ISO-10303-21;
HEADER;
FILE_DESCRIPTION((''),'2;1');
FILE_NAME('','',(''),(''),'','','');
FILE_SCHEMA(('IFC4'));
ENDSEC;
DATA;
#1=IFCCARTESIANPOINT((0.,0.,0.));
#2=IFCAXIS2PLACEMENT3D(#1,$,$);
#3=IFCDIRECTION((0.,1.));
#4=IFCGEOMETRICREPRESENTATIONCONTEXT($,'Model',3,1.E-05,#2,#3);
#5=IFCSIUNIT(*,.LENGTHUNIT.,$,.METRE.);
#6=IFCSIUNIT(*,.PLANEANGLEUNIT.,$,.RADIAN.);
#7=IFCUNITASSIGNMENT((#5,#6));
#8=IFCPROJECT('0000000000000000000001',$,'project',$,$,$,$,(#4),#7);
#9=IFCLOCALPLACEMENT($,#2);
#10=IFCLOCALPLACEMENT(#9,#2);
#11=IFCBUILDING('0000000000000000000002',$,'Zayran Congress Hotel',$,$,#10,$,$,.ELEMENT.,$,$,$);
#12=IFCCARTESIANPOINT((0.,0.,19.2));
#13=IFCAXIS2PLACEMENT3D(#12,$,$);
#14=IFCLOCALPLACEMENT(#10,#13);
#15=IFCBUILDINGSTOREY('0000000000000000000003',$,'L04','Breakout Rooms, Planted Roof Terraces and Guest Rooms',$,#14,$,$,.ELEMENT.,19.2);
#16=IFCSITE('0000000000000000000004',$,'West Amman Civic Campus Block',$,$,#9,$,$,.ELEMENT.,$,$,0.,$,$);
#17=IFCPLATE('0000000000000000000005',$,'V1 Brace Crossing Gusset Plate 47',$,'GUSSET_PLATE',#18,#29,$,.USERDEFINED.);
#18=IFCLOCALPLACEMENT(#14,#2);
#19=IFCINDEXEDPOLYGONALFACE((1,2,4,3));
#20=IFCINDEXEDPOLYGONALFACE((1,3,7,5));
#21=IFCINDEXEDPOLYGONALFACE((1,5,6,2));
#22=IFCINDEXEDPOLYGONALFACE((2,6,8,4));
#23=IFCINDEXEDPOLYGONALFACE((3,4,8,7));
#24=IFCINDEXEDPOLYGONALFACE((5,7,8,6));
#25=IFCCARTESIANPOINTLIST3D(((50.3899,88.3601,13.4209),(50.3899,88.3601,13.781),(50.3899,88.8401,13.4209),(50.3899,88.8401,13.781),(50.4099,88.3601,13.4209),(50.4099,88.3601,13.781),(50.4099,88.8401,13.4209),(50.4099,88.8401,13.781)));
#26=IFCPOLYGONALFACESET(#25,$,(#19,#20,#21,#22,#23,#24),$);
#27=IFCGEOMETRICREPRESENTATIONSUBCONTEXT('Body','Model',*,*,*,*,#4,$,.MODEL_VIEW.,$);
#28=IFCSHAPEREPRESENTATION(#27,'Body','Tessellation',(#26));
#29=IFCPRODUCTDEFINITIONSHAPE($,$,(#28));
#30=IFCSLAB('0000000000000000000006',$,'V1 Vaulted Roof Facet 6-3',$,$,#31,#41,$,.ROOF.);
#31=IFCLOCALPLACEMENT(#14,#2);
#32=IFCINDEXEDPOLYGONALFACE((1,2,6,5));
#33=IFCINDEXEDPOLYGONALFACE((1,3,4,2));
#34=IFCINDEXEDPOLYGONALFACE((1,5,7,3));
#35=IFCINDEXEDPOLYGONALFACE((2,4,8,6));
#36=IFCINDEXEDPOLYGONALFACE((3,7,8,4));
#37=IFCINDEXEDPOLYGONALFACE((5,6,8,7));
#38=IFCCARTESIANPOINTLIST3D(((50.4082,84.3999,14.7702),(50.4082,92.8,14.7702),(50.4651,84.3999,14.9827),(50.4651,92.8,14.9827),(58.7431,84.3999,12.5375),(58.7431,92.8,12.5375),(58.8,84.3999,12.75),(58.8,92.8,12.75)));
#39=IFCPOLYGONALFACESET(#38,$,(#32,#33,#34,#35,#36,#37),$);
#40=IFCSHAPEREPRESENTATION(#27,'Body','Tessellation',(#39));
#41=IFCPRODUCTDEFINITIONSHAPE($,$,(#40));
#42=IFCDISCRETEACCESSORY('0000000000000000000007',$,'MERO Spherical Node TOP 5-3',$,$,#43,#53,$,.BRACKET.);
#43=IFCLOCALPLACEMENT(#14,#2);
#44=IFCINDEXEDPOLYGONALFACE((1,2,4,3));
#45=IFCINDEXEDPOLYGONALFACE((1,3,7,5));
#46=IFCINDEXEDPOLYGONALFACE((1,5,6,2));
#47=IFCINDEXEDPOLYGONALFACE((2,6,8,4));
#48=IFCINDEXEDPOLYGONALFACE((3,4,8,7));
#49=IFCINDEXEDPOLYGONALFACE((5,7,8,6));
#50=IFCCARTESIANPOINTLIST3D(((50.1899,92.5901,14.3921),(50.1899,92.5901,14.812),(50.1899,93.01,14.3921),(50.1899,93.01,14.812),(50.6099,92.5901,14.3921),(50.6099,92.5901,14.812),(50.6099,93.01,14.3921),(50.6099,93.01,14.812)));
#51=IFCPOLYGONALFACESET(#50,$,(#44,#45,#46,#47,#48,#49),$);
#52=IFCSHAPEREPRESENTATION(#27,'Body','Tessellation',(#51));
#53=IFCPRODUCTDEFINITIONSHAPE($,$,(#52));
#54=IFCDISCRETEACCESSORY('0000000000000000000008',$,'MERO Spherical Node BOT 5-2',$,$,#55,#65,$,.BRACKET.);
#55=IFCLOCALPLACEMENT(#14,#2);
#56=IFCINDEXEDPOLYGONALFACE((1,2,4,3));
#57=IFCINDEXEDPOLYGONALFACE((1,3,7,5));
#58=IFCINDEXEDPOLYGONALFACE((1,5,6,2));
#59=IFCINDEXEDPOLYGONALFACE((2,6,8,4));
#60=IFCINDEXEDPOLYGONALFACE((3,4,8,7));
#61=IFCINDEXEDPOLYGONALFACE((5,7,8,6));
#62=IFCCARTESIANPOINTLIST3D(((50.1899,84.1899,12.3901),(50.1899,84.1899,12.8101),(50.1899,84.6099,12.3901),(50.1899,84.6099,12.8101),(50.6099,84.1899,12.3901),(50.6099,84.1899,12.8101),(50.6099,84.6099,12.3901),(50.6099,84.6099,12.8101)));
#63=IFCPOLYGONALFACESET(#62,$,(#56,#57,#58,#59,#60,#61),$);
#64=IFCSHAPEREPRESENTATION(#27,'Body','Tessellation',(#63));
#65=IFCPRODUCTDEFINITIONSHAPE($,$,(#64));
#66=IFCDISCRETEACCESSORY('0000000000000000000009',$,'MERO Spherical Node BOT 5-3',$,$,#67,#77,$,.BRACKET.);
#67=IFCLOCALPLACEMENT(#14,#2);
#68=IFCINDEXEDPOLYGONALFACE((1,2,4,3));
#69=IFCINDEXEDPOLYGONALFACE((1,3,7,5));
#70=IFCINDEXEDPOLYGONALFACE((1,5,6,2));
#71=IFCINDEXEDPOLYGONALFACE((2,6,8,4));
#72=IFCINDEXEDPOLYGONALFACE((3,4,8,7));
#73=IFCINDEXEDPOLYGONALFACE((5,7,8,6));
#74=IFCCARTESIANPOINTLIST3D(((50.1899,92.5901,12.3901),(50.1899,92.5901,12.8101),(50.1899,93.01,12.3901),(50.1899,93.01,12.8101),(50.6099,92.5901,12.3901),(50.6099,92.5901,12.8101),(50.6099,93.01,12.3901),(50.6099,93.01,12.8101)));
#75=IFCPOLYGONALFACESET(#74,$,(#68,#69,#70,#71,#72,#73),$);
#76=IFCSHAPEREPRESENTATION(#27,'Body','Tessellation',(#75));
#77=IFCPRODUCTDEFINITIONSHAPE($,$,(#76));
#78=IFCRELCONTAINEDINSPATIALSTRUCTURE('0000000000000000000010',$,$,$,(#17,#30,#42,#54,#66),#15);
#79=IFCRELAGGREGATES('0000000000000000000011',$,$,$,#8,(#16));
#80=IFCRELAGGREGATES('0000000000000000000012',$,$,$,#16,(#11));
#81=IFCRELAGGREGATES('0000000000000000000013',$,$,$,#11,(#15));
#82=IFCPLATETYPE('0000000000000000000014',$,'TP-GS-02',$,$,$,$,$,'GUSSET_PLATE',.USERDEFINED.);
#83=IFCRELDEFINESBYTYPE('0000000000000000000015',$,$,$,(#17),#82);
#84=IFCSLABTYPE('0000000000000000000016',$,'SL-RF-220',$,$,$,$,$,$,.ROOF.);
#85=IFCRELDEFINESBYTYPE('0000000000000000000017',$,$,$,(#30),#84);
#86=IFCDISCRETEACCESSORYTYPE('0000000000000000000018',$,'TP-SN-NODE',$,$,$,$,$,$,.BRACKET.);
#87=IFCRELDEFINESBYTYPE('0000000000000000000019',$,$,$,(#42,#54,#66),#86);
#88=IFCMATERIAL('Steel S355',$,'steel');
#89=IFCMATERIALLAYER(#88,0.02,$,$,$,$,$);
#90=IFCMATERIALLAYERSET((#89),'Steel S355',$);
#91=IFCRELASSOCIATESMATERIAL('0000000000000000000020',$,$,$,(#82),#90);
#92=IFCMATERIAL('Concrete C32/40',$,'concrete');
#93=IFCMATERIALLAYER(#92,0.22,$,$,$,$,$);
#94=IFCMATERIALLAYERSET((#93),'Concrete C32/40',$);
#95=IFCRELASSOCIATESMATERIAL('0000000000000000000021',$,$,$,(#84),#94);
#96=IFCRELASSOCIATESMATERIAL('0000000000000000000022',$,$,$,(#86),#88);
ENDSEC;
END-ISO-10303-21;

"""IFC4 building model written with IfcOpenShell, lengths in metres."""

from ifc_helpers import new_model, si_unit, direction, frame, origin, origin_2d, place, context, subcontext, project, spatial, polyline, rectangle, outline, extrude, material, layer, layer_set, type_object, element, save


model = new_model("IFC4")

# Units and contexts
model_context = context("Model", 3, precision=1e-05, world=origin(), true_north=direction((0.0, 1.0)))
body_context = subcontext(model_context, "Body", "Model", "MODEL_VIEW")
ifc_project = project(units=[si_unit("LENGTHUNIT", "METRE"), si_unit("PLANEANGLEUNIT", "RADIAN")], contexts=[model_context])

# Site, building, storey
site_placement = place(None, origin())
site = spatial("IfcSite", under=ifc_project, at=site_placement, Name="West Amman Civic Campus Block", CompositionType="ELEMENT", RefElevation=0.0)
building_placement = place(site_placement, origin())
building = spatial("IfcBuilding", under=site, at=building_placement, Name="Zayran Congress Hotel", CompositionType="ELEMENT")
storey_placement = place(building_placement, frame((0.0, 0.0, 19.2)))
storey = spatial("IfcBuildingStorey", under=building, at=storey_placement, Name="L04", Description="Breakout Rooms, Planted Roof Terraces and Guest Rooms", CompositionType="ELEMENT", Elevation=19.2)

# Shared definitions
ifc_material_1 = material(Name="Steel S355", Category="steel")

# Plate
ifc_layer_1 = layer(ifc_material_1, 0.02)
ifc_layer_set_1 = layer_set([ifc_layer_1], Name="Steel S355")
plate_type_1 = type_object("IfcPlateType", Name="TP-GS-02", ElementType="GUSSET_PLATE", PredefinedType="USERDEFINED", material=ifc_layer_set_1)
plate_1_placement = place(storey_placement, frame((50.3999, 88.6001, 13.4209), z_axis=(0.0, 0.0, 1.0), x_axis=(0.0, 1.0, 0.0)))
element("IfcPlate", 1, at=plate_1_placement, inside=storey, type_object=plate_type_1, Name="V1 Brace Crossing Gusset Plate 47", ObjectType="GUSSET_PLATE", PredefinedType="USERDEFINED", context=body_context, shape_type="SweptSolid", body=[
    extrude(rectangle(XDim=0.48, YDim=0.02, at=origin_2d()), origin(), (0.0, 0.0, 1.0), 0.3601),
])

# Slab
ifc_material_2 = material(Name="Concrete C32/40", Category="concrete")
ifc_layer_2 = layer(ifc_material_2, 0.22)
ifc_layer_set_2 = layer_set([ifc_layer_2], Name="Concrete C32/40")
slab_type = type_object("IfcSlabType", Name="SL-RF-220", PredefinedType="ROOF", material=ifc_layer_set_2)
slab_placement = place(storey_placement, frame((50.4651, 84.3999, 14.9827), z_axis=(0.258746, 0.0, 0.965946), x_axis=(0.965946, 0.0, -0.258746)))
element("IfcSlab", 2, at=slab_placement, inside=storey, type_object=slab_type, Name="V1 Vaulted Roof Facet 6-3", PredefinedType="ROOF", context=body_context, shape_type="SweptSolid", body=[
    extrude(outline(polyline([(0.0, 0.0), (8.6288, 0.0), (8.6288, 8.4001), (0.0, 8.4001), (0.0, 0.0)])), origin(), (0.0, 0.0, -1.0), 0.22),
])

# Discrete accessories
discrete_accessory_type = type_object("IfcDiscreteAccessoryType", Name="TP-SN-NODE", PredefinedType="BRACKET", material=ifc_material_1)
for number, where, z_axis, x_axis, name in (
    (3, (50.3999, 92.8, 14.3921), (0.0, 0.0, 1.0), (1.0, 0.0, 0.0), "MERO Spherical Node TOP 5-3"),
    (4, (50.3999, 84.3999, 12.3901), (0.0, 0.0, 1.0), (1.0, 0.0, 0.0), "MERO Spherical Node BOT 5-2"),
    (5, (50.3999, 92.8, 12.3901), (0.0, 0.0, 1.0), (1.0, 0.0, 0.0), "MERO Spherical Node BOT 5-3"),
):
    element("IfcDiscreteAccessory", number, at=place(storey_placement, frame(where, z_axis=z_axis, x_axis=x_axis)), inside=storey, type_object=discrete_accessory_type, Name=name, PredefinedType="BRACKET", context=body_context, shape_type="SweptSolid", body=[
        extrude(rectangle(XDim=0.4199, YDim=0.4199, at=origin_2d()), origin(), (0.0, 0.0, 1.0), 0.4199),
    ])

save(model, "model.ifc")
